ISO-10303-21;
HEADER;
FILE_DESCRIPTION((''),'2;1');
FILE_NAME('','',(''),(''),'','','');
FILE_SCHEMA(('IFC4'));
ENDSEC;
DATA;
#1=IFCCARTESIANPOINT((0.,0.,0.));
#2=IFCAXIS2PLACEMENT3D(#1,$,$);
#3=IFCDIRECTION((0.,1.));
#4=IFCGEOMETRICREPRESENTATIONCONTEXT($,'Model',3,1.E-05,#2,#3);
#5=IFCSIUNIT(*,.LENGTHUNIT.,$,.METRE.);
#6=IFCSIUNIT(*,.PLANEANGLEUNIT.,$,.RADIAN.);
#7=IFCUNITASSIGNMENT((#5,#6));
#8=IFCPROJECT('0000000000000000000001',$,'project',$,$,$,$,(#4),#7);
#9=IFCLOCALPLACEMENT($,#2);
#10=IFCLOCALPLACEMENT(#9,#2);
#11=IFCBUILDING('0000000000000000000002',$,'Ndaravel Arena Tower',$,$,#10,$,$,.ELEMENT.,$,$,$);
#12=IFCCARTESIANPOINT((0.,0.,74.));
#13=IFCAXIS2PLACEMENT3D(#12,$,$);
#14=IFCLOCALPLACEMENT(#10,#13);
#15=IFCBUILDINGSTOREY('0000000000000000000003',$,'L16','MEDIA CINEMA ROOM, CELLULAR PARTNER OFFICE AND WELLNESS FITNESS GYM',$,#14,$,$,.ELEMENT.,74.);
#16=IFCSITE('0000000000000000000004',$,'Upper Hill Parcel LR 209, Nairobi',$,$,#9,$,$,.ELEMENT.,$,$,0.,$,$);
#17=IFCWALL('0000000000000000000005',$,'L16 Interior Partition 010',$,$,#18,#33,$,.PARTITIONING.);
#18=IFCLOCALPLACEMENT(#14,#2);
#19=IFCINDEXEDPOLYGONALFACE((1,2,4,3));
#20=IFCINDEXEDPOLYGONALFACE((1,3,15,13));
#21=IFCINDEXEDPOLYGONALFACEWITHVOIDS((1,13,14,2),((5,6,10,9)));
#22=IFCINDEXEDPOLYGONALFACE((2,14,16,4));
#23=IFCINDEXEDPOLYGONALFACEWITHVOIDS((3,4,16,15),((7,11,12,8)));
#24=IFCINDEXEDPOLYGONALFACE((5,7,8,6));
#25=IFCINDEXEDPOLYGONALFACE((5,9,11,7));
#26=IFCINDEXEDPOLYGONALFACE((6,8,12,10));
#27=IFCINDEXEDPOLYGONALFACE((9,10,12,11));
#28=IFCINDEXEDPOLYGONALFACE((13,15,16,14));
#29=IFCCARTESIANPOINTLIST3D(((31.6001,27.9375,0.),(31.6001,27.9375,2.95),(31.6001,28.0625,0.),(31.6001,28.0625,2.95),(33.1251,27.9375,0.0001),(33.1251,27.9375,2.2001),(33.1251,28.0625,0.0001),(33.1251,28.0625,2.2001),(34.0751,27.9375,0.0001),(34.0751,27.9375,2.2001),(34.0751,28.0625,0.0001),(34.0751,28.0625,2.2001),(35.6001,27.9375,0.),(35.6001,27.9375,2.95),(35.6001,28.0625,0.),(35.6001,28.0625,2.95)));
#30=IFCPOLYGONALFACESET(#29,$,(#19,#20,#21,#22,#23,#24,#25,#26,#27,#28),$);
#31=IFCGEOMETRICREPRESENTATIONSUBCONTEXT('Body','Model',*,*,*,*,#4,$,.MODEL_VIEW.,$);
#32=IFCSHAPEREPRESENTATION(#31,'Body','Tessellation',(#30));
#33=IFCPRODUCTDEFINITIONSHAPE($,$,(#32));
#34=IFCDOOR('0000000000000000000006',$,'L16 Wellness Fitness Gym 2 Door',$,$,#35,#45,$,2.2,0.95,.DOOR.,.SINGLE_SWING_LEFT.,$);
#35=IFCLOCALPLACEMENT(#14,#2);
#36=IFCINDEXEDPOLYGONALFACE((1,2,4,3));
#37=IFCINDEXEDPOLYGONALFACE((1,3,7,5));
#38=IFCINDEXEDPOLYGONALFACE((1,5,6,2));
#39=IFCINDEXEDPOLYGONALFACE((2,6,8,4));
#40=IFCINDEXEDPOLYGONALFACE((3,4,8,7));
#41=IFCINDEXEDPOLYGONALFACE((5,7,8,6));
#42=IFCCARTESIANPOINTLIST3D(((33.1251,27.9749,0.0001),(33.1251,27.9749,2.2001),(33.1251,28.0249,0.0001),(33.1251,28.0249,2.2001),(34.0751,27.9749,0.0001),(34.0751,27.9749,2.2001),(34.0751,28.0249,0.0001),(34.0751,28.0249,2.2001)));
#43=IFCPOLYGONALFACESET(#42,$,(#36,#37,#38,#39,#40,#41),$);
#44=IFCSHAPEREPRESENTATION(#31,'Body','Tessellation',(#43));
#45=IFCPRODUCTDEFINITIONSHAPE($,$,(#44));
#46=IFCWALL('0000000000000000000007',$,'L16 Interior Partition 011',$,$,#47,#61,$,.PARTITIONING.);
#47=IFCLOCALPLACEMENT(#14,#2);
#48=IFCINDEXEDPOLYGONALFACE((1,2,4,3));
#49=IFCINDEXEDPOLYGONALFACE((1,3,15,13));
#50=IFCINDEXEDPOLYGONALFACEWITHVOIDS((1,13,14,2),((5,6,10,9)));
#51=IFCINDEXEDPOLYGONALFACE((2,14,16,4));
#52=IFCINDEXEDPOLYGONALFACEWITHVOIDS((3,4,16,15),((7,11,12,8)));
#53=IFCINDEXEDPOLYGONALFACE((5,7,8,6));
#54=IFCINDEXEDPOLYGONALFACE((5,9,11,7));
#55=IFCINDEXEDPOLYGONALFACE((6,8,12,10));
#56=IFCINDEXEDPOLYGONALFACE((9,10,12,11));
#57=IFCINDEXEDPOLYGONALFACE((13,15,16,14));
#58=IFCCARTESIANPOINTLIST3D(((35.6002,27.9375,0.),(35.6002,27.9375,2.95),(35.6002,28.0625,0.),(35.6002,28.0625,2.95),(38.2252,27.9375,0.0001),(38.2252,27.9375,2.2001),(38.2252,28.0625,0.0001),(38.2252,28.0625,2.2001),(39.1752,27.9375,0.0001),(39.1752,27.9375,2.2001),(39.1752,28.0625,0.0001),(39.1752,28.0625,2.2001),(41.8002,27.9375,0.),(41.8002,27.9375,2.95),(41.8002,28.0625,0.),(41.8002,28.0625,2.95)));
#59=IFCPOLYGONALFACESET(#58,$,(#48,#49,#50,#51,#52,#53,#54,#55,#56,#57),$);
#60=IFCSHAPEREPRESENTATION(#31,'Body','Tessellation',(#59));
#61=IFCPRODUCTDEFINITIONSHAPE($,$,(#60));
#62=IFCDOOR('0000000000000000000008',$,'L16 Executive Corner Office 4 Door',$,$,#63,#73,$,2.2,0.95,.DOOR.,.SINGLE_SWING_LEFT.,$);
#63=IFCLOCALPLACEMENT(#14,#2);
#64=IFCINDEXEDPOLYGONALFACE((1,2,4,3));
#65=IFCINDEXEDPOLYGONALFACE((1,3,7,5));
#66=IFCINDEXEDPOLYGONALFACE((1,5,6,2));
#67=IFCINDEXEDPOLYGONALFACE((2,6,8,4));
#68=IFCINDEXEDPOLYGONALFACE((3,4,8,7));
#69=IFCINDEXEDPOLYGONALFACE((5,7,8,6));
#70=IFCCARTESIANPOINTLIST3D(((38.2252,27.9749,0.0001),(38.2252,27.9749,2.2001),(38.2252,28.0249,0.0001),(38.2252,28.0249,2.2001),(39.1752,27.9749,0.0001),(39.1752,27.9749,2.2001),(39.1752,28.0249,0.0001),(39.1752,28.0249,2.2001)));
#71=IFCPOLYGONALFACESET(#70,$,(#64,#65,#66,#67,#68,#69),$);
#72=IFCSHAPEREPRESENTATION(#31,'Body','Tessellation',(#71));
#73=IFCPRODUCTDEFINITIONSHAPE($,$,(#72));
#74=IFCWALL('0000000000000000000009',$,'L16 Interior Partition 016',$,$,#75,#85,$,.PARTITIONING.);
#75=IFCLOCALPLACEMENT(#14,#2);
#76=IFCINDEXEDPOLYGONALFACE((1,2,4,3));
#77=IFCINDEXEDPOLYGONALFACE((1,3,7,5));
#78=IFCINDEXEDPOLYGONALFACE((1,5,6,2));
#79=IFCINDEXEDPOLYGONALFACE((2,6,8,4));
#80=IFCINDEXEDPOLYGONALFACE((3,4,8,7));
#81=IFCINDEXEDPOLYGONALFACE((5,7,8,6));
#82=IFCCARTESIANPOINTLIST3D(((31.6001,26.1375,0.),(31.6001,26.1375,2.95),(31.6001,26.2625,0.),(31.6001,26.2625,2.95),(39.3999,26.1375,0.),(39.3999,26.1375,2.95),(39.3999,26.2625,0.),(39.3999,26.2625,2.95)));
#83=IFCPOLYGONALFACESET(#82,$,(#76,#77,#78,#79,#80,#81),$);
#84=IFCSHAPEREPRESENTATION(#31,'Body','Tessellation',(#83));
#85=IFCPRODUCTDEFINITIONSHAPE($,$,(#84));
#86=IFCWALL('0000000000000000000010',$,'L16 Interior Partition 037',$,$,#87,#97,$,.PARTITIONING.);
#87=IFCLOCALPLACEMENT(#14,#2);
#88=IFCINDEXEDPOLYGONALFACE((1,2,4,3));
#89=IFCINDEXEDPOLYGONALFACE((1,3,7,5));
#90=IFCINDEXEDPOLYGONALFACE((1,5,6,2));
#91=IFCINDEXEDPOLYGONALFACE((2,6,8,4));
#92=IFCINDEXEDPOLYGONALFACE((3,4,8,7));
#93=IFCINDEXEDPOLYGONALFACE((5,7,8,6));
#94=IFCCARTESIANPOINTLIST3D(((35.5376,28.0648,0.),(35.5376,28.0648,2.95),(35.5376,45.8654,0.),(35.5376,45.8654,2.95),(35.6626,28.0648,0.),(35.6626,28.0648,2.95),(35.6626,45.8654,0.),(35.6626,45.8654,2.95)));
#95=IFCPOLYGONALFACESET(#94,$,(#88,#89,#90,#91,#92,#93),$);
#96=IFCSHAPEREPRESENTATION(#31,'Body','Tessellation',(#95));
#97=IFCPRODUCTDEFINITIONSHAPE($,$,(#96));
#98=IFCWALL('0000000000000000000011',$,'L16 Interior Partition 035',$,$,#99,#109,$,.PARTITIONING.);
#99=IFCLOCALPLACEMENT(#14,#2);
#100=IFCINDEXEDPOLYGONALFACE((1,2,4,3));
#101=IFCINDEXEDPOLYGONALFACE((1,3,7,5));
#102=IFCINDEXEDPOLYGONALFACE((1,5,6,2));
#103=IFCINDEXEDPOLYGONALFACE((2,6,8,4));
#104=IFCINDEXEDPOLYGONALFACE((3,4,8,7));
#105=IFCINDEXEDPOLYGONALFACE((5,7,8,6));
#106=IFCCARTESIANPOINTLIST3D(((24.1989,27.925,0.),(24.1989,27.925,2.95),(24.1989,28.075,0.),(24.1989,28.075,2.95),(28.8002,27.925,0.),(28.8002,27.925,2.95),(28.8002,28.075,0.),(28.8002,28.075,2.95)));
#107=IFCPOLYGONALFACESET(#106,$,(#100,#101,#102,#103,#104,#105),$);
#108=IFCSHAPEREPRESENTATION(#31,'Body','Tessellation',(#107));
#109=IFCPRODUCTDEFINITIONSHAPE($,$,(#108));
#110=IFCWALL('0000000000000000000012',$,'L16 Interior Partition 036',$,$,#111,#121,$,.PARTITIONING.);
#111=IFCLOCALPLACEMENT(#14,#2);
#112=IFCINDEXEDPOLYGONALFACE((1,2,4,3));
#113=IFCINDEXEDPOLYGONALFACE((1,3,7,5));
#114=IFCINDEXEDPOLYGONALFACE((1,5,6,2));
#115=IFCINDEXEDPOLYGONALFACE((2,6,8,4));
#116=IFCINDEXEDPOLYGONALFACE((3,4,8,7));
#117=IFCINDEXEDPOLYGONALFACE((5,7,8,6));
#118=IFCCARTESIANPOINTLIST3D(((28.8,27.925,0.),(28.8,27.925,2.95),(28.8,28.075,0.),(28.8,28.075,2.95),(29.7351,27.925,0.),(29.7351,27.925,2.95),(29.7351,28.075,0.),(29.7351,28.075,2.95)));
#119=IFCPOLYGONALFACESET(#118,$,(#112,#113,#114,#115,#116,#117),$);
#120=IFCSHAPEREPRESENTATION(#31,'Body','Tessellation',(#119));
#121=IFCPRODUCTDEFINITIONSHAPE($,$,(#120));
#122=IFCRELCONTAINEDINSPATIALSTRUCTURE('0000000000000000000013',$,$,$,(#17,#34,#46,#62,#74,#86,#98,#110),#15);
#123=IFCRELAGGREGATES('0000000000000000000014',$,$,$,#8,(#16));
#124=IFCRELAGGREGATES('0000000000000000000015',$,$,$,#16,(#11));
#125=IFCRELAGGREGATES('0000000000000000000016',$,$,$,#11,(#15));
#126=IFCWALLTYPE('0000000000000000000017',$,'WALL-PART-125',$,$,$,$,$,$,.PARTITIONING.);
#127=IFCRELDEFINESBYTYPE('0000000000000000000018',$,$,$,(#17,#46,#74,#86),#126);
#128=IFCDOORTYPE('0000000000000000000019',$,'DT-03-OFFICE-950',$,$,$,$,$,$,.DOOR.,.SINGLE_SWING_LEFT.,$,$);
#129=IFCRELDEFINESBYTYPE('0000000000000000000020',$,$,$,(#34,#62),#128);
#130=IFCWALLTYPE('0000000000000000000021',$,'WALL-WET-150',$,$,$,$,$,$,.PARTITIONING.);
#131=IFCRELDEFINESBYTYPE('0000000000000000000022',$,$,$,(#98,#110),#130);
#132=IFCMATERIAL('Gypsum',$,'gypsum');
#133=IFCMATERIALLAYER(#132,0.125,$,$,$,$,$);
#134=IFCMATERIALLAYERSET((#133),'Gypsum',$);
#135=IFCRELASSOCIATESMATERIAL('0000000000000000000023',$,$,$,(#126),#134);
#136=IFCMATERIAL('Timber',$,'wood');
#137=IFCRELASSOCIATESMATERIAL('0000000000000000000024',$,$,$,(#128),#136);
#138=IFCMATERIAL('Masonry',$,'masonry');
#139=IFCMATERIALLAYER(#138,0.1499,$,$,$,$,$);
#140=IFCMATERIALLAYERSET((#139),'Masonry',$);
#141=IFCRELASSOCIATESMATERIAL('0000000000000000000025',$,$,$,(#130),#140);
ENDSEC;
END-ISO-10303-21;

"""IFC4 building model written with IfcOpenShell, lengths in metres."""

from ifc_helpers import new_model, si_unit, direction, frame, frame_2d, origin, place, context, subcontext, project, spatial, rectangle, extrude, material, layer, layer_set, type_object, element, fill, save


model = new_model("IFC4")

# Units and contexts
model_context = context("Model", 3, precision=1e-05, world=origin(), true_north=direction((0.0, 1.0)))
body_context = subcontext(model_context, "Body", "Model", "MODEL_VIEW")
ifc_project = project(units=[si_unit("LENGTHUNIT", "METRE"), si_unit("PLANEANGLEUNIT", "RADIAN")], contexts=[model_context])

# Site, building, storey
site_placement = place(None, origin())
site = spatial("IfcSite", under=ifc_project, at=site_placement, Name="Upper Hill Parcel LR 209, Nairobi", CompositionType="ELEMENT", RefElevation=0.0)
building_placement = place(site_placement, origin())
building = spatial("IfcBuilding", under=site, at=building_placement, Name="Ndaravel Arena Tower", CompositionType="ELEMENT")
storey_placement = place(building_placement, frame((0.0, 0.0, 74.0)))
storey = spatial("IfcBuildingStorey", under=building, at=storey_placement, Name="L16", Description="MEDIA CINEMA ROOM, CELLULAR PARTNER OFFICE AND WELLNESS FITNESS GYM", CompositionType="ELEMENT", Elevation=74.0)

# Shared definitions
ifc_material_1 = material(Name="Gypsum", Category="gypsum")
ifc_layer_1 = layer(ifc_material_1, 0.125)
ifc_layer_set_1 = layer_set([ifc_layer_1], Name="Gypsum")
wall_type_1 = type_object("IfcWallType", Name="WALL-PART-125", PredefinedType="PARTITIONING", material=ifc_layer_set_1)

# Walls, openings, doors
wall_1_placement = place(storey_placement, frame((31.6001, 28.0, 0.0), z_axis=(0.0, 0.0, 1.0), x_axis=(1.0, 0.0, 0.0)))
wall_1 = element("IfcWall", 1, at=wall_1_placement, inside=storey, type_object=wall_type_1, Name="L16 Interior Partition 010", PredefinedType="PARTITIONING", context=body_context, shape_type="SweptSolid", body=[
    extrude(rectangle(XDim=4.0, YDim=0.125, at=frame_2d((2.0, 0.0))), origin(), (0.0, 0.0, 1.0), 2.95),
])
opening_1_placement = place(wall_1_placement, frame((1.5249, 0.0, 0.0)))
opening_1 = element("IfcOpeningElement", 2, at=opening_1_placement, cuts=wall_1, PredefinedType="OPENING", context=body_context, shape_type="SweptSolid", body=[
    extrude(rectangle(XDim=0.95, YDim=2.2, at=frame_2d((0.4751, 1.1001))), frame((0.0, 0.0625, 0.0), z_axis=(0.0, -1.0, 0.0), x_axis=(1.0, 0.0, 0.0)), (0.0, 0.0, 1.0), 0.125),
])
ifc_material_2 = material(Name="Timber", Category="wood")
door_type = type_object("IfcDoorType", Name="DT-03-OFFICE-950", OperationType="SINGLE_SWING_LEFT", PredefinedType="DOOR", material=ifc_material_2)
door_1_placement = place(opening_1_placement, origin())
door_1 = element("IfcDoor", 3, at=door_1_placement, inside=storey, type_object=door_type, Name="L16 Wellness Fitness Gym 2 Door", OperationType="SINGLE_SWING_LEFT", OverallHeight=2.2, OverallWidth=0.95, PredefinedType="DOOR", context=body_context, shape_type="SweptSolid", body=[
    extrude(rectangle(XDim=0.95, YDim=2.2, at=frame_2d((0.4751, 1.1001))), frame((0.0, 0.0249, 0.0), z_axis=(0.0, -1.0, 0.0), x_axis=(1.0, 0.0, 0.0)), (0.0, 0.0, 1.0), 0.05),
])
fill(opening_1, door_1)
wall_2_placement = place(storey_placement, frame((35.6001, 28.0, 0.0), z_axis=(0.0, 0.0, 1.0), x_axis=(1.0, 0.0, 0.0)))
wall_2 = element("IfcWall", 4, at=wall_2_placement, inside=storey, type_object=wall_type_1, Name="L16 Interior Partition 011", PredefinedType="PARTITIONING", context=body_context, shape_type="SweptSolid", body=[
    extrude(rectangle(XDim=6.2, YDim=0.125, at=frame_2d((3.1001, 0.0))), origin(), (0.0, 0.0, 1.0), 2.95),
])
opening_2_placement = place(wall_2_placement, frame((2.625, 0.0, 0.0)))
opening_2 = element("IfcOpeningElement", 5, at=opening_2_placement, cuts=wall_2, PredefinedType="OPENING", context=body_context, shape_type="SweptSolid", body=[
    extrude(rectangle(XDim=0.95, YDim=2.2, at=frame_2d((0.4751, 1.1001))), frame((0.0, 0.0625, 0.0), z_axis=(0.0, -1.0, 0.0), x_axis=(1.0, 0.0, 0.0)), (0.0, 0.0, 1.0), 0.125),
])
door_2_placement = place(opening_2_placement, origin())
door_2 = element("IfcDoor", 6, at=door_2_placement, inside=storey, type_object=door_type, Name="L16 Executive Corner Office 4 Door", OperationType="SINGLE_SWING_LEFT", OverallHeight=2.2, OverallWidth=0.95, PredefinedType="DOOR", context=body_context, shape_type="SweptSolid", body=[
    extrude(rectangle(XDim=0.95, YDim=2.2, at=frame_2d((0.4751, 1.1001))), frame((0.0, 0.0249, 0.0), z_axis=(0.0, -1.0, 0.0), x_axis=(1.0, 0.0, 0.0)), (0.0, 0.0, 1.0), 0.05),
])
fill(opening_2, door_2)

# Walls
wall_3_placement = place(storey_placement, frame((39.3999, 26.2, 0.0), z_axis=(0.0, 0.0, 1.0), x_axis=(-1.0, 0.0, 0.0)))
element("IfcWall", 7, at=wall_3_placement, inside=storey, type_object=wall_type_1, Name="L16 Interior Partition 016", PredefinedType="PARTITIONING", context=body_context, shape_type="SweptSolid", body=[
    extrude(rectangle(XDim=7.7998, YDim=0.125, at=frame_2d((3.8999, 0.0))), origin(), (0.0, 0.0, 1.0), 2.95),
])
wall_4_placement = place(storey_placement, frame((35.6001, 45.8655, 0.0), z_axis=(0.0, 0.0, 1.0), x_axis=(0.0, -1.0, 0.0)))
element("IfcWall", 8, at=wall_4_placement, inside=storey, type_object=wall_type_1, Name="L16 Interior Partition 037", PredefinedType="PARTITIONING", context=body_context, shape_type="SweptSolid", body=[
    extrude(rectangle(XDim=17.8005, YDim=0.125, at=frame_2d((8.9004, 0.0))), origin(), (0.0, 0.0, 1.0), 2.95),
])
ifc_material_3 = material(Name="Masonry", Category="masonry")
ifc_layer_2 = layer(ifc_material_3, 0.1499)
ifc_layer_set_2 = layer_set([ifc_layer_2], Name="Masonry")
wall_type_2 = type_object("IfcWallType", Name="WALL-WET-150", PredefinedType="PARTITIONING", material=ifc_layer_set_2)
wall_5_placement = place(storey_placement, frame((24.1987, 28.0, 0.0), z_axis=(0.0, 0.0, 1.0), x_axis=(1.0, 0.0, 0.0)))
element("IfcWall", 9, at=wall_5_placement, inside=storey, type_object=wall_type_2, Name="L16 Interior Partition 035", PredefinedType="PARTITIONING", context=body_context, shape_type="SweptSolid", body=[
    extrude(rectangle(XDim=4.6013, YDim=0.1499, at=frame_2d((2.3008, 0.0))), origin(), (0.0, 0.0, 1.0), 2.95),
])
wall_6_placement = place(storey_placement, frame((28.8, 28.0, 0.0), z_axis=(0.0, 0.0, 1.0), x_axis=(1.0, 0.0, 0.0)))
element("IfcWall", 10, at=wall_6_placement, inside=storey, type_object=wall_type_2, Name="L16 Interior Partition 036", PredefinedType="PARTITIONING", context=body_context, shape_type="SweptSolid", body=[
    extrude(rectangle(XDim=0.9351, YDim=0.1499, at=frame_2d((0.4675, 0.0))), origin(), (0.0, 0.0, 1.0), 2.95),
])

save(model, "model.ifc")
